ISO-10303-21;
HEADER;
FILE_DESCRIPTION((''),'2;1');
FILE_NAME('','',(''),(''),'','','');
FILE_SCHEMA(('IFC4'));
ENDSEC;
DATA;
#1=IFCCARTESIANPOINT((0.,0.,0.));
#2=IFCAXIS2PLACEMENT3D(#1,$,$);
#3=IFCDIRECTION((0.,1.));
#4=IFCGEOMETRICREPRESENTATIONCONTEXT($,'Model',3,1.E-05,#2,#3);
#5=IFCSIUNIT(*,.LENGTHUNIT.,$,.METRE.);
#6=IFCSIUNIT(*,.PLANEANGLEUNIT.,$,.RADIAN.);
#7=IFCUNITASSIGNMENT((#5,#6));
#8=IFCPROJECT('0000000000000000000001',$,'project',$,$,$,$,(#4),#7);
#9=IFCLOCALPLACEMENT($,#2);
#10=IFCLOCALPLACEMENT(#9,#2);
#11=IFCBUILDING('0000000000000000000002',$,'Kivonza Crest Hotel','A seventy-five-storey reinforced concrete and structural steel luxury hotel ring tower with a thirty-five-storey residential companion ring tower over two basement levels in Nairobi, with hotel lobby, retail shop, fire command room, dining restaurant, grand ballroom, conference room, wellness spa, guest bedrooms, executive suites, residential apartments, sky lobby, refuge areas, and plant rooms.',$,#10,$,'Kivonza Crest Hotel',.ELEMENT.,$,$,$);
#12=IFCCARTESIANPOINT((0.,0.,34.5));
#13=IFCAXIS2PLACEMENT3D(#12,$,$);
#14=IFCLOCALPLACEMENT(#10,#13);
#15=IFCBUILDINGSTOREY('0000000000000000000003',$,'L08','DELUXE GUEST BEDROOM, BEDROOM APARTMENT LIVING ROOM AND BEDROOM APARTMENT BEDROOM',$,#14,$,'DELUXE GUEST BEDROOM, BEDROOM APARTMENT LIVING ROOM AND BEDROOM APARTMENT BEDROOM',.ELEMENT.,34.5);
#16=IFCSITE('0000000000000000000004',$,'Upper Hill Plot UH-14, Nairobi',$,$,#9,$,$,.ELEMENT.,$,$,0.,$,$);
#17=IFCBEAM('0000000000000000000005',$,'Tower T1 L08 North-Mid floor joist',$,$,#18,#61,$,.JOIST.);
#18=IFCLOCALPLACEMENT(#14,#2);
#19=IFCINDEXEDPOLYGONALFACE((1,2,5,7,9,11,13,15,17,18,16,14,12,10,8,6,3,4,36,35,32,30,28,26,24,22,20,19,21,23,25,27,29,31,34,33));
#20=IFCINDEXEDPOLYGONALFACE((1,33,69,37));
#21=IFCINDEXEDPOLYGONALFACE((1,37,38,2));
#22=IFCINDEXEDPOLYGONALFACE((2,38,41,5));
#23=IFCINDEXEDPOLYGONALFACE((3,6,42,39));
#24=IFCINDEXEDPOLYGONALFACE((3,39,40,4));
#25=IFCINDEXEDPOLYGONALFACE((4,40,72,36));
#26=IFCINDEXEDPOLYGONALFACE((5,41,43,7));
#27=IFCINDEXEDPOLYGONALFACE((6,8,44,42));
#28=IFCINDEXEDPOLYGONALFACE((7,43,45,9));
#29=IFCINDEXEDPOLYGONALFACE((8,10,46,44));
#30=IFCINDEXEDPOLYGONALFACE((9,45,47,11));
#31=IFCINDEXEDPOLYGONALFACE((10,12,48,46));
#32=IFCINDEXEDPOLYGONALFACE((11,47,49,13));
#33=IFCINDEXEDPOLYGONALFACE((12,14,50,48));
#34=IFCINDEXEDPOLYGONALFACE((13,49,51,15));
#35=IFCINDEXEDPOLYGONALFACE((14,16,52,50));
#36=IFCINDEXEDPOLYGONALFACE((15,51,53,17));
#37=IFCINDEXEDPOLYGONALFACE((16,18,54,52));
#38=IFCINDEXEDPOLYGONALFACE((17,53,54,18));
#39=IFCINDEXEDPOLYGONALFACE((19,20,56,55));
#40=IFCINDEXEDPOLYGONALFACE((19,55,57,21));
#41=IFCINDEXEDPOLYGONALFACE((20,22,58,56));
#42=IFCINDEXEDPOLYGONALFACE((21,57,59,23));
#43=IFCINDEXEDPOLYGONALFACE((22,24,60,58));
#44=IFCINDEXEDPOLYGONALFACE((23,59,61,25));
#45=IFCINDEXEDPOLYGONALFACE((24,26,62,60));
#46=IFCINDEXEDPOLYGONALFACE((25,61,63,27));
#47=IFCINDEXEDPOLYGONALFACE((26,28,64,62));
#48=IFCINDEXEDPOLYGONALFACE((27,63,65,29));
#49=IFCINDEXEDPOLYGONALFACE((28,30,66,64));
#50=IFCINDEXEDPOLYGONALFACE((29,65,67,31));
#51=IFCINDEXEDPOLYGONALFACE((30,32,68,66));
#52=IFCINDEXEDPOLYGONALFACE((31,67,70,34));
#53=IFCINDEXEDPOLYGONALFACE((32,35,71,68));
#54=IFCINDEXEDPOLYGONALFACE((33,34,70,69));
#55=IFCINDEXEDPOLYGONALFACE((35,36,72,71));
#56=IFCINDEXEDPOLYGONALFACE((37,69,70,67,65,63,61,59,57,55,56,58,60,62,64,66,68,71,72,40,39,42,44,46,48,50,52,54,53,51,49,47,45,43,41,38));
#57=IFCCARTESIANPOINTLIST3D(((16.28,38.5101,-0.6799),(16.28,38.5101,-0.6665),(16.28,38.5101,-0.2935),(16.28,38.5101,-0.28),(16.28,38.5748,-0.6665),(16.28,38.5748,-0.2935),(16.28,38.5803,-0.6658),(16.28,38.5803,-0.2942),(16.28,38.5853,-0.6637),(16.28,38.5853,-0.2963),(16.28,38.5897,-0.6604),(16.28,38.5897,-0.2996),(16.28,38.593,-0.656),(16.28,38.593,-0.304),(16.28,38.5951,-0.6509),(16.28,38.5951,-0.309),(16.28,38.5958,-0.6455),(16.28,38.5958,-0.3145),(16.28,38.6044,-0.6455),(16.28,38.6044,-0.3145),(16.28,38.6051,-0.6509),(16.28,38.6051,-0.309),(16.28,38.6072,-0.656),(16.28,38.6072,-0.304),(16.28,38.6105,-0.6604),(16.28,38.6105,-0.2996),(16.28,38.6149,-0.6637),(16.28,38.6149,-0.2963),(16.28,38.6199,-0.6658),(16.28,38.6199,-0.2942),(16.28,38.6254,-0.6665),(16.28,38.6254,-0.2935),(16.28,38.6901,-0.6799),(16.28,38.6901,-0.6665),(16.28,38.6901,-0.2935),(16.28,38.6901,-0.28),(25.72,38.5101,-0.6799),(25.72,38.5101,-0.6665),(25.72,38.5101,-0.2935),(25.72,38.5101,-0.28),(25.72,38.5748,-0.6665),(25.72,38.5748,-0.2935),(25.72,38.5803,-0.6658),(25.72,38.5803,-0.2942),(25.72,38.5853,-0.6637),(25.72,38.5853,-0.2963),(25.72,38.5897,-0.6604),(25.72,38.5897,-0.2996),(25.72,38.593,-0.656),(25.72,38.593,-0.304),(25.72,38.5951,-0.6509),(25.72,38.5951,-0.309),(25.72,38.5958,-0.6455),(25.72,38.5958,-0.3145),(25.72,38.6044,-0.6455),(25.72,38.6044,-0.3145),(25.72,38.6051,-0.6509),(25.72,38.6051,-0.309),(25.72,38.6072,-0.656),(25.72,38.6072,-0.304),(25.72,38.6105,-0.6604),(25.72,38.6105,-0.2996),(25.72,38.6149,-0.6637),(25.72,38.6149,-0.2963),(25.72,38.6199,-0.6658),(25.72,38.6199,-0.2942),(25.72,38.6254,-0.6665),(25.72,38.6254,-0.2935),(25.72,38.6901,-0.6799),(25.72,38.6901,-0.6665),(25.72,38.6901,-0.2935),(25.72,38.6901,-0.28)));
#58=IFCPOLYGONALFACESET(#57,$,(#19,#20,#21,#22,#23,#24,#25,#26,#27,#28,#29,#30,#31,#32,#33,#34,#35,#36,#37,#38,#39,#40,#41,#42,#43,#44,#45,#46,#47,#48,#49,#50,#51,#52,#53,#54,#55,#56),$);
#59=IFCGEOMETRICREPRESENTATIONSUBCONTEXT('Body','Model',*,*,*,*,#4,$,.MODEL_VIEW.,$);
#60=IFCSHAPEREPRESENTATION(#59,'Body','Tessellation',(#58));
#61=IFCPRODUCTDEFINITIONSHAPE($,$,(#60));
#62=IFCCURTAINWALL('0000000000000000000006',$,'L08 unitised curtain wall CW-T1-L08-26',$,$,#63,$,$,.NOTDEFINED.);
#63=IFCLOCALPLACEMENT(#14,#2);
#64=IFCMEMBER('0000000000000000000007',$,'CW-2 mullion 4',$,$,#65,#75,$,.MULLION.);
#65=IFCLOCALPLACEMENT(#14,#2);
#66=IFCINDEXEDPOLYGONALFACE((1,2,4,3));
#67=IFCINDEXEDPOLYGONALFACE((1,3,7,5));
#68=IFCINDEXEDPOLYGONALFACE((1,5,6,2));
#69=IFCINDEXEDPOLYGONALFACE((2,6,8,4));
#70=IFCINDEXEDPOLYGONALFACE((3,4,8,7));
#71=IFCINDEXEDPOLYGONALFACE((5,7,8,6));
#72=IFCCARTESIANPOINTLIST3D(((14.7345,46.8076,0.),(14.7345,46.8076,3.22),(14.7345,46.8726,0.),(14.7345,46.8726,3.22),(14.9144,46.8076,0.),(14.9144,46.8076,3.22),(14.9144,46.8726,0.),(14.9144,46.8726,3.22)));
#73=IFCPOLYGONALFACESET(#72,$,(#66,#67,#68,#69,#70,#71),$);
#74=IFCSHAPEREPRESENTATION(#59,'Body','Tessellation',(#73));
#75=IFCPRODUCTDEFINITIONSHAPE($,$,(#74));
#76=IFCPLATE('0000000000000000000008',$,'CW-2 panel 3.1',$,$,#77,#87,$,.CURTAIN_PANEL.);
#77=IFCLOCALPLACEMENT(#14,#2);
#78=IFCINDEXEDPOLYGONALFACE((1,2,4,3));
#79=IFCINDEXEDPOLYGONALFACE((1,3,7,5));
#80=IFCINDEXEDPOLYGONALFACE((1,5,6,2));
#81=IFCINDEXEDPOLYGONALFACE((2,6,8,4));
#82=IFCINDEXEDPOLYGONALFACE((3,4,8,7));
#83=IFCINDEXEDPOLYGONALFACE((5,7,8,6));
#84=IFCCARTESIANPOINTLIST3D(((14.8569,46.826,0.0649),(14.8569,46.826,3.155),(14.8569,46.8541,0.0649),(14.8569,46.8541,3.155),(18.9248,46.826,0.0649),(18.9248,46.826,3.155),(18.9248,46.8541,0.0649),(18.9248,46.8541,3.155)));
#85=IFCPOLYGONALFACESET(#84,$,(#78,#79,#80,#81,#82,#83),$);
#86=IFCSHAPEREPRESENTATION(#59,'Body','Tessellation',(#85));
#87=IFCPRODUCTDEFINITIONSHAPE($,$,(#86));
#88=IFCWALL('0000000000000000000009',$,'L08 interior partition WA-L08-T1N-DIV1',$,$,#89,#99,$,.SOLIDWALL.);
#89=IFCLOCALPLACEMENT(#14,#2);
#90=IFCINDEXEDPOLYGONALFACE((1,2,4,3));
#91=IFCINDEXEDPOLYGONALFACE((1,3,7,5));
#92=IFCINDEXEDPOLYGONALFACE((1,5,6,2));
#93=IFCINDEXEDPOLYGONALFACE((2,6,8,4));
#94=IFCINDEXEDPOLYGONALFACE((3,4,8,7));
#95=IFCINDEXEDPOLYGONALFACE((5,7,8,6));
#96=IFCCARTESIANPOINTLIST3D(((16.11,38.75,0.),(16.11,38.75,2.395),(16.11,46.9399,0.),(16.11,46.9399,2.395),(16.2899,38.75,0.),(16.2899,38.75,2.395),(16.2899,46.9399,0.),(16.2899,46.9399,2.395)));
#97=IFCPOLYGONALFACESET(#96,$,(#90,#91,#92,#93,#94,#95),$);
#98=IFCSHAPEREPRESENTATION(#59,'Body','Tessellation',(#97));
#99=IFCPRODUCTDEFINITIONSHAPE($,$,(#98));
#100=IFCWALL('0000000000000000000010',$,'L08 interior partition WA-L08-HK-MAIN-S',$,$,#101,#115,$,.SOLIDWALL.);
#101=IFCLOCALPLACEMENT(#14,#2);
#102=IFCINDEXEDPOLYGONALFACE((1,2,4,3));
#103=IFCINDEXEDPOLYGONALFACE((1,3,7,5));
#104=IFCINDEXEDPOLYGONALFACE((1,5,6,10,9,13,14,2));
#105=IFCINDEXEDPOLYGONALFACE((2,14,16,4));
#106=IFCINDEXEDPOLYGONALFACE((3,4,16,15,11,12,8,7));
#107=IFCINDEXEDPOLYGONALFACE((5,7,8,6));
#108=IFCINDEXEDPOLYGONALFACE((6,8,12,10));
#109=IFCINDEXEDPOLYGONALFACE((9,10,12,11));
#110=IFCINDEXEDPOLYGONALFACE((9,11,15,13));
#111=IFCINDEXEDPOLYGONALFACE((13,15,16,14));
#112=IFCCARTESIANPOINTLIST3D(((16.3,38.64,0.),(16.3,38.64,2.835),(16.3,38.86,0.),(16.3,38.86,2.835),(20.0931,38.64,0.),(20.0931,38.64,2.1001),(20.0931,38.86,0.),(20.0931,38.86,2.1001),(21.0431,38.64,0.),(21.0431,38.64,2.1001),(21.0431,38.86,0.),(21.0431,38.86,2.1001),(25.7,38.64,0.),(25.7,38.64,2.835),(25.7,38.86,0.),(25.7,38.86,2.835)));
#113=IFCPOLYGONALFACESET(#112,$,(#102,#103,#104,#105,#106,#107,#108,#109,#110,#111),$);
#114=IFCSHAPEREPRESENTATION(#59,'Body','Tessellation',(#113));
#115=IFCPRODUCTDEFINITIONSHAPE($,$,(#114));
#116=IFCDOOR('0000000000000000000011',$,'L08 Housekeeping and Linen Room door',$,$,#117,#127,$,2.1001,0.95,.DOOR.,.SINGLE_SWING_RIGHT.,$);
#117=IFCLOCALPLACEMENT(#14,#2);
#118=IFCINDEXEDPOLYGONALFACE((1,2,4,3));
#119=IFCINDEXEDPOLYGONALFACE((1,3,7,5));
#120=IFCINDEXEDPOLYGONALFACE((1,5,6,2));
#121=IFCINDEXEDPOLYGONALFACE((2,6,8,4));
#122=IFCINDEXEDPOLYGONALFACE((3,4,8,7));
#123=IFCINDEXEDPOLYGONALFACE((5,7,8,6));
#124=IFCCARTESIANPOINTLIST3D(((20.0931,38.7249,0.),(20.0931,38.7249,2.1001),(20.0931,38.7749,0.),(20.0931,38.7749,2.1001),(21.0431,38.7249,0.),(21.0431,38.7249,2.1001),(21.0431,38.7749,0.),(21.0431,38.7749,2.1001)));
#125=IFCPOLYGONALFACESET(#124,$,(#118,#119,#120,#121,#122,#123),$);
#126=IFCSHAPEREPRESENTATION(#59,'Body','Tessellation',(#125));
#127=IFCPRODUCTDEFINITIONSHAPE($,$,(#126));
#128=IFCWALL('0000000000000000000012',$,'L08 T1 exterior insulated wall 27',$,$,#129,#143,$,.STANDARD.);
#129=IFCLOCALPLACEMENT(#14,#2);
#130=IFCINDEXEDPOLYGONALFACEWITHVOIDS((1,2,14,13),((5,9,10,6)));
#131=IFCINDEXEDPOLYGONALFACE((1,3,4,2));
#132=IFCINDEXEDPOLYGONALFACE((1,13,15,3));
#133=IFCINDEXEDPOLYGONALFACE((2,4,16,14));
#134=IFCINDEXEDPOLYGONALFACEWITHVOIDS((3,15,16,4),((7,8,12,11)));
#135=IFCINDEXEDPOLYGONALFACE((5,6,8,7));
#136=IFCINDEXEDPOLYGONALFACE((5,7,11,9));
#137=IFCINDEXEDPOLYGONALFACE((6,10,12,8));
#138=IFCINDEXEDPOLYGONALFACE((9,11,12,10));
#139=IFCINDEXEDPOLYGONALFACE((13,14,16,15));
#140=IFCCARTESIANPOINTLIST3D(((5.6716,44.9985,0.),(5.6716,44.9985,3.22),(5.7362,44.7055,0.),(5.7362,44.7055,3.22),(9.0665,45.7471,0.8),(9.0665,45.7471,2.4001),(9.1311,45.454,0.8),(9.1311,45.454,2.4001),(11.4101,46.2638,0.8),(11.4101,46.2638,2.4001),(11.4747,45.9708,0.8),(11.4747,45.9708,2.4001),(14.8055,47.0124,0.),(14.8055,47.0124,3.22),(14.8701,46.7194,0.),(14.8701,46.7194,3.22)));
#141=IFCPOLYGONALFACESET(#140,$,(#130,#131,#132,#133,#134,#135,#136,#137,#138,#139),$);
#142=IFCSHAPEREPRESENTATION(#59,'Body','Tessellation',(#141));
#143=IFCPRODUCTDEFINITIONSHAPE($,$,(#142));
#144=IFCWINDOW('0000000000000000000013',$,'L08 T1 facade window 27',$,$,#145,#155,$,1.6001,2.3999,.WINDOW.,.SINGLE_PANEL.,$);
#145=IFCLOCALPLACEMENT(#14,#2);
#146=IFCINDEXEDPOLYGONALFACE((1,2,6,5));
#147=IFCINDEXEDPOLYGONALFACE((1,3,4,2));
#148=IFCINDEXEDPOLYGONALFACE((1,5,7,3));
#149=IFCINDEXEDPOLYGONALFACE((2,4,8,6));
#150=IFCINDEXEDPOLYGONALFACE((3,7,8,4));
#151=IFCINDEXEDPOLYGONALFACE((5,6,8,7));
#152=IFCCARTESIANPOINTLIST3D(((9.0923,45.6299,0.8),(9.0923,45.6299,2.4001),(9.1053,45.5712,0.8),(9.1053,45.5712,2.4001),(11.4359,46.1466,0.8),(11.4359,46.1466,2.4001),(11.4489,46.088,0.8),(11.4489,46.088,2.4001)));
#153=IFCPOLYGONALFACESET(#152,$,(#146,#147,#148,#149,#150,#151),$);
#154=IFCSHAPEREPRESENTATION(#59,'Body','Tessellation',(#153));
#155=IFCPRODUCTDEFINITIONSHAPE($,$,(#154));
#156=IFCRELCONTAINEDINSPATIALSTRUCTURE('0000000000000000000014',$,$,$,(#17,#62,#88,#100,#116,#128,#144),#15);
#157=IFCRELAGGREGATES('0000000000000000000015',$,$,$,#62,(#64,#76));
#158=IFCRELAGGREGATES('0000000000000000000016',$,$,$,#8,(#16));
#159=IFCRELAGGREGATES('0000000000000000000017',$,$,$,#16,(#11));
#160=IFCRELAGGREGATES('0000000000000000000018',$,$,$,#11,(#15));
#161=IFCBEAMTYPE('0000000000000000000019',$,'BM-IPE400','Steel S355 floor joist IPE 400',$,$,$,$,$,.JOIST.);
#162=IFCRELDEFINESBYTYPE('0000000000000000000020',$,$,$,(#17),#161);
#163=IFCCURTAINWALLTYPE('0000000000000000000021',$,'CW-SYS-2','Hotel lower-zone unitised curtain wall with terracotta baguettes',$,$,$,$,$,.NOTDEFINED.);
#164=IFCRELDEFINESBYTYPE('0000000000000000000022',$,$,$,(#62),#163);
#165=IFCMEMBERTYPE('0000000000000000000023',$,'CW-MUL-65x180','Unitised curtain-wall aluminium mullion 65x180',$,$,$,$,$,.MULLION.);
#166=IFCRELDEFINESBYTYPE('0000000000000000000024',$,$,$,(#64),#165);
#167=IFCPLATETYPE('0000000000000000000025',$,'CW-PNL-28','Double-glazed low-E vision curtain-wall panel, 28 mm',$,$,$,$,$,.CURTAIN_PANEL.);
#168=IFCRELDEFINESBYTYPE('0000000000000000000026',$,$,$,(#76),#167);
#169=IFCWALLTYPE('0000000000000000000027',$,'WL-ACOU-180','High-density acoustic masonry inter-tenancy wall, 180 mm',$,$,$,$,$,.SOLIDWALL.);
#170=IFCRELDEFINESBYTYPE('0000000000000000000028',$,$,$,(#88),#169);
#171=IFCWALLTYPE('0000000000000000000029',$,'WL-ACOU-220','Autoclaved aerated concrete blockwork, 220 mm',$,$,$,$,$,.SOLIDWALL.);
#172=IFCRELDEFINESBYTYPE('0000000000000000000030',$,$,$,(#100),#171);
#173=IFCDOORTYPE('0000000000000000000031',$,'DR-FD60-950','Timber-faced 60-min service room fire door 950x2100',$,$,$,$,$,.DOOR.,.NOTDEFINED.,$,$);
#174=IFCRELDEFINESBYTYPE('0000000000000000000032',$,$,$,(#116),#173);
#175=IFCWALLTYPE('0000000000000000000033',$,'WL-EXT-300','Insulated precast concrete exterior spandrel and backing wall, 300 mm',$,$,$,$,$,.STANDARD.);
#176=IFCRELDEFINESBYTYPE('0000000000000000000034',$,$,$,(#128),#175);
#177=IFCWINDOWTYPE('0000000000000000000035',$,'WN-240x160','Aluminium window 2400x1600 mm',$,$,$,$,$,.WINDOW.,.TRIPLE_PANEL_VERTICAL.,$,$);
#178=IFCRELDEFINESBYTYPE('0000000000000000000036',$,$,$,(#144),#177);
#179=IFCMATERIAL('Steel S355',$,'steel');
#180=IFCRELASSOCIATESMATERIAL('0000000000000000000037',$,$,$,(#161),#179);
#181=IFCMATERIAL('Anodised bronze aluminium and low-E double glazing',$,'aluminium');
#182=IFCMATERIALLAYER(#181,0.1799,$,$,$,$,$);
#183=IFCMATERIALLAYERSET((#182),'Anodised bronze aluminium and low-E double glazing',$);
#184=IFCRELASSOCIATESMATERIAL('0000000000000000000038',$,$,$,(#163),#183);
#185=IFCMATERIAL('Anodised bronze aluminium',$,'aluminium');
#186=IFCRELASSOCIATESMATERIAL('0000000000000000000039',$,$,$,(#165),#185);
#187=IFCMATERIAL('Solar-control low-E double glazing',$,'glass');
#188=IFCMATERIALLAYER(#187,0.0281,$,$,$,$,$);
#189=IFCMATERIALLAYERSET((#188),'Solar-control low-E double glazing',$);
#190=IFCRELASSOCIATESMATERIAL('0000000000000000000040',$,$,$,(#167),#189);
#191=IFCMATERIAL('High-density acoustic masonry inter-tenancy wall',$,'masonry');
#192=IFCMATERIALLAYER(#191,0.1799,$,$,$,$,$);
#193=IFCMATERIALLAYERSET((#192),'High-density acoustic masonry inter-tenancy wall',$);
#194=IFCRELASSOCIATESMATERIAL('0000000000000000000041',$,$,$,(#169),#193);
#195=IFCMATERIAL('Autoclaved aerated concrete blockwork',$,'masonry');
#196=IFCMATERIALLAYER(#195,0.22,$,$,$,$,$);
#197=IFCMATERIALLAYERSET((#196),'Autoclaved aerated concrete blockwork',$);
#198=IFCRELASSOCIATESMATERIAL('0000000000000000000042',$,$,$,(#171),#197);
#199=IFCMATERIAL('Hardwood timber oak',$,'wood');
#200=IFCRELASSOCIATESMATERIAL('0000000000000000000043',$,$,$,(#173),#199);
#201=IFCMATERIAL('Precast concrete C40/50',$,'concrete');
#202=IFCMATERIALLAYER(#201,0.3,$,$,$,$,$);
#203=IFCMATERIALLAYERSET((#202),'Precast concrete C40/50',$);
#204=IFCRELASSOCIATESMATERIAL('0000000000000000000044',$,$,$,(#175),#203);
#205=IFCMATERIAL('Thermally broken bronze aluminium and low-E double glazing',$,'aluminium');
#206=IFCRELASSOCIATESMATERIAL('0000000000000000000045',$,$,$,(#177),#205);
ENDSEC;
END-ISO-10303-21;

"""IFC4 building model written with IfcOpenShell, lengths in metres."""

from ifc_helpers import new_model, si_unit, direction, frame, frame_2d, origin, origin_2d, place, context, subcontext, project, spatial, rectangle, i_section, extrude, material, layer, layer_set, material_profile, profile_set, type_object, element, fill, aggregate, save


model = new_model("IFC4")

# Units and contexts
model_context = context("Model", 3, precision=1e-05, world=origin(), true_north=direction((0.0, 1.0)))
body_context = subcontext(model_context, "Body", "Model", "MODEL_VIEW")
ifc_project = project(units=[si_unit("LENGTHUNIT", "METRE"), si_unit("PLANEANGLEUNIT", "RADIAN")], contexts=[model_context])

# Site, building, storey
site_placement = place(None, origin())
site = spatial("IfcSite", under=ifc_project, at=site_placement, Name="Upper Hill Plot UH-14, Nairobi", CompositionType="ELEMENT", RefElevation=0.0)
building_placement = place(site_placement, origin())
building = spatial("IfcBuilding", under=site, at=building_placement, Name="Kivonza Crest Hotel", Description="A seventy-five-storey reinforced concrete and structural steel luxury hotel ring tower with a thirty-five-storey residential companion ring tower over two basement levels in Nairobi, with hotel lobby, retail shop, fire command room, dining restaurant, grand ballroom, conference room, wellness spa, guest bedrooms, executive suites, residential apartments, sky lobby, refuge areas, and plant rooms.", LongName="Kivonza Crest Hotel", CompositionType="ELEMENT")
storey_placement = place(building_placement, frame((0.0, 0.0, 34.5)))
storey = spatial("IfcBuildingStorey", under=building, at=storey_placement, Name="L08", Description="DELUXE GUEST BEDROOM, BEDROOM APARTMENT LIVING ROOM AND BEDROOM APARTMENT BEDROOM", LongName="DELUXE GUEST BEDROOM, BEDROOM APARTMENT LIVING ROOM AND BEDROOM APARTMENT BEDROOM", CompositionType="ELEMENT", Elevation=34.5)

# Beam
ifc_material_1 = material(Name="Steel S355", Category="steel")
ifc_material_profile_1 = material_profile(ifc_material_1, i_section(OverallWidth=0.1799, OverallDepth=0.3999, WebThickness=0.0085, FlangeThickness=0.0134, FilletRadius=0.021, at=origin_2d()), Name="IPE 400")
ifc_profile_set_1 = profile_set([ifc_material_profile_1], Name="Steel S355")
beam_type_1 = type_object("IfcBeamType", Name="BM-IPE400", Description="Steel S355 floor joist IPE 400", PredefinedType="JOIST", material=ifc_profile_set_1)
beam_1_placement = place(storey_placement, frame((16.28, 38.6001, -0.48), z_axis=(1.0, 0.0, 0.0), x_axis=(0.0, 1.0, 0.0)))
element("IfcBeam", 1, at=beam_1_placement, inside=storey, type_object=beam_type_1, Name="Tower T1 L08 North-Mid floor joist", PredefinedType="JOIST", context=body_context, shape_type="SweptSolid", body=[
    extrude(i_section(OverallWidth=0.1799, OverallDepth=0.3999, WebThickness=0.0085, FlangeThickness=0.0134, FilletRadius=0.021, at=origin_2d()), origin(), (0.0, 0.0, 1.0), 9.4399),
])

# Curtain wall, member, plate
ifc_material_2 = material(Name="Anodised bronze aluminium and low-E double glazing", Category="aluminium")
ifc_layer_1 = layer(ifc_material_2, 0.1799)
ifc_layer_set_1 = layer_set([ifc_layer_1], Name="Anodised bronze aluminium and low-E double glazing")
curtain_wall_type = type_object("IfcCurtainWallType", Name="CW-SYS-2", Description="Hotel lower-zone unitised curtain wall with terracotta baguettes", PredefinedType="NOTDEFINED", material=ifc_layer_set_1)
curtain_wall_placement = place(storey_placement, origin())
curtain_wall = element("IfcCurtainWall", 2, at=curtain_wall_placement, inside=storey, type_object=curtain_wall_type, Name="L08 unitised curtain wall CW-T1-L08-26", PredefinedType="NOTDEFINED")
ifc_material_3 = material(Name="Anodised bronze aluminium", Category="aluminium")
ifc_material_profile_2 = material_profile(ifc_material_3, rectangle(XDim=0.0649, YDim=0.1799, at=origin_2d()), Name="CW-M 65x180")
ifc_profile_set_2 = profile_set([ifc_material_profile_2], Name="Anodised bronze aluminium")
member_type = type_object("IfcMemberType", Name="CW-MUL-65x180", Description="Unitised curtain-wall aluminium mullion 65x180", PredefinedType="MULLION", material=ifc_profile_set_2)
member_placement = place(storey_placement, frame((14.8245, 46.8401, 0.0), z_axis=(0.0, 0.0, 1.0), x_axis=(0.0, -1.0, 0.0)))
member = element("IfcMember", 3, at=member_placement, type_object=member_type, Name="CW-2 mullion 4", PredefinedType="MULLION", context=body_context, shape_type="SweptSolid", body=[
    extrude(rectangle(XDim=0.0649, YDim=0.1799, at=origin_2d()), origin(), (0.0, 0.0, 1.0), 3.22),
])
ifc_material_4 = material(Name="Solar-control low-E double glazing", Category="glass")
ifc_layer_2 = layer(ifc_material_4, 0.0281)
ifc_layer_set_2 = layer_set([ifc_layer_2], Name="Solar-control low-E double glazing")
plate_type = type_object("IfcPlateType", Name="CW-PNL-28", Description="Double-glazed low-E vision curtain-wall panel, 28 mm", PredefinedType="CURTAIN_PANEL", material=ifc_layer_set_2)
plate_placement = place(storey_placement, frame((16.8909, 46.8401, 0.0649), z_axis=(0.0, 0.0, 1.0), x_axis=(-1.0, 0.0, 0.0)))
plate = element("IfcPlate", 4, at=plate_placement, type_object=plate_type, Name="CW-2 panel 3.1", PredefinedType="CURTAIN_PANEL", context=body_context, shape_type="SweptSolid", body=[
    extrude(rectangle(XDim=4.0679, YDim=0.0281, at=origin_2d()), origin(), (0.0, 0.0, 1.0), 3.0901),
])
aggregate(curtain_wall, [member, plate])

# Wall
ifc_material_5 = material(Name="High-density acoustic masonry inter-tenancy wall", Category="masonry")
ifc_layer_3 = layer(ifc_material_5, 0.1799)
ifc_layer_set_3 = layer_set([ifc_layer_3], Name="High-density acoustic masonry inter-tenancy wall")
wall_type_1 = type_object("IfcWallType", Name="WL-ACOU-180", Description="High-density acoustic masonry inter-tenancy wall, 180 mm", PredefinedType="SOLIDWALL", material=ifc_layer_set_3)
wall_1_placement = place(storey_placement, frame((16.2, 38.75, 0.0), z_axis=(0.0, 0.0, 1.0), x_axis=(0.0, 1.0, 0.0)))
element("IfcWall", 5, at=wall_1_placement, inside=storey, type_object=wall_type_1, Name="L08 interior partition WA-L08-T1N-DIV1", PredefinedType="SOLIDWALL", context=body_context, shape_type="SweptSolid", body=[
    extrude(rectangle(XDim=8.1899, YDim=0.1799, at=frame_2d((4.095, 0.0))), origin(), (0.0, 0.0, 1.0), 2.395),
])

# Wall, opening, door
ifc_material_6 = material(Name="Autoclaved aerated concrete blockwork", Category="masonry")
ifc_layer_4 = layer(ifc_material_6, 0.22)
ifc_layer_set_4 = layer_set([ifc_layer_4], Name="Autoclaved aerated concrete blockwork")
wall_type_2 = type_object("IfcWallType", Name="WL-ACOU-220", Description="Autoclaved aerated concrete blockwork, 220 mm", PredefinedType="SOLIDWALL", material=ifc_layer_set_4)
wall_2_placement = place(storey_placement, frame((16.3, 38.75, 0.0), z_axis=(0.0, 0.0, 1.0), x_axis=(1.0, 0.0, 0.0)))
wall_2 = element("IfcWall", 6, at=wall_2_placement, inside=storey, type_object=wall_type_2, Name="L08 interior partition WA-L08-HK-MAIN-S", PredefinedType="SOLIDWALL", context=body_context, shape_type="SweptSolid", body=[
    extrude(rectangle(XDim=9.3999, YDim=0.22, at=frame_2d((4.7, 0.0))), origin(), (0.0, 0.0, 1.0), 2.835),
])
opening_1_placement = place(wall_2_placement, frame((3.793, 0.0, 0.0)))
opening_1 = element("IfcOpeningElement", 7, at=opening_1_placement, cuts=wall_2, PredefinedType="OPENING", context=body_context, shape_type="SweptSolid", body=[
    extrude(rectangle(XDim=0.95, YDim=2.1001, at=frame_2d((0.4751, 1.05))), frame((0.0, 0.1201, 0.0), z_axis=(0.0, -1.0, 0.0), x_axis=(1.0, 0.0, 0.0)), (0.0, 0.0, 1.0), 0.24),
])
ifc_material_7 = material(Name="Hardwood timber oak", Category="wood")
door_type = type_object("IfcDoorType", Name="DR-FD60-950", Description="Timber-faced 60-min service room fire door 950x2100", OperationType="NOTDEFINED", PredefinedType="DOOR", material=ifc_material_7)
door_placement = place(opening_1_placement, origin())
door = element("IfcDoor", 8, at=door_placement, inside=storey, type_object=door_type, Name="L08 Housekeeping and Linen Room door", OperationType="SINGLE_SWING_RIGHT", OverallHeight=2.1001, OverallWidth=0.95, PredefinedType="DOOR", context=body_context, shape_type="SweptSolid", body=[
    extrude(rectangle(XDim=0.95, YDim=2.1001, at=frame_2d((0.4751, 1.05))), frame((0.0, 0.0249, 0.0), z_axis=(0.0, -1.0, 0.0), x_axis=(1.0, 0.0, 0.0)), (0.0, 0.0, 1.0), 0.05),
])
fill(opening_1, door)

# Wall, opening, window
ifc_material_8 = material(Name="Precast concrete C40/50", Category="concrete")
ifc_layer_5 = layer(ifc_material_8, 0.3)
ifc_layer_set_5 = layer_set([ifc_layer_5], Name="Precast concrete C40/50")
wall_type_3 = type_object("IfcWallType", Name="WL-EXT-300", Description="Insulated precast concrete exterior spandrel and backing wall, 300 mm", PredefinedType="STANDARD", material=ifc_layer_set_5)
wall_3_placement = place(storey_placement, frame((14.8379, 46.866, 0.0), z_axis=(0.0, 0.0, 1.0), x_axis=(-0.976544, -0.215319, 0.0)))
wall_3 = element("IfcWall", 9, at=wall_3_placement, inside=storey, type_object=wall_type_3, Name="L08 T1 exterior insulated wall 27", PredefinedType="STANDARD", context=body_context, shape_type="SweptSolid", body=[
    extrude(rectangle(XDim=9.3533, YDim=0.3, at=frame_2d((4.6768, 0.0))), origin(), (0.0, 0.0, 1.0), 3.22),
])
opening_2_placement = place(wall_3_placement, frame((3.4771, 0.0, 0.8)))
opening_2 = element("IfcOpeningElement", 10, at=opening_2_placement, cuts=wall_3, PredefinedType="OPENING", context=body_context, shape_type="SweptSolid", body=[
    extrude(rectangle(XDim=2.3999, YDim=1.6001, at=frame_2d((1.2, 0.8))), frame((0.0, 0.1602, 0.0), z_axis=(0.0, -1.0, 0.0), x_axis=(1.0, 0.0, 0.0)), (0.0, 0.0, 1.0), 0.3201),
])
ifc_material_9 = material(Name="Thermally broken bronze aluminium and low-E double glazing", Category="aluminium")
window_type = type_object("IfcWindowType", Name="WN-240x160", Description="Aluminium window 2400x1600 mm", PartitioningType="TRIPLE_PANEL_VERTICAL", PredefinedType="WINDOW", material=ifc_material_9)
window_placement = place(opening_2_placement, origin())
window = element("IfcWindow", 11, at=window_placement, inside=storey, type_object=window_type, Name="L08 T1 facade window 27", OverallHeight=1.6001, OverallWidth=2.3999, PartitioningType="SINGLE_PANEL", PredefinedType="WINDOW", context=body_context, shape_type="SweptSolid", body=[
    extrude(rectangle(XDim=2.3999, YDim=1.6001, at=frame_2d((1.2, 0.8))), frame((0.0, 0.03, 0.0), z_axis=(0.0, -1.0, 0.0), x_axis=(1.0, 0.0, 0.0)), (0.0, 0.0, 1.0), 0.0601),
])
fill(opening_2, window)

save(model, "model.ifc")
